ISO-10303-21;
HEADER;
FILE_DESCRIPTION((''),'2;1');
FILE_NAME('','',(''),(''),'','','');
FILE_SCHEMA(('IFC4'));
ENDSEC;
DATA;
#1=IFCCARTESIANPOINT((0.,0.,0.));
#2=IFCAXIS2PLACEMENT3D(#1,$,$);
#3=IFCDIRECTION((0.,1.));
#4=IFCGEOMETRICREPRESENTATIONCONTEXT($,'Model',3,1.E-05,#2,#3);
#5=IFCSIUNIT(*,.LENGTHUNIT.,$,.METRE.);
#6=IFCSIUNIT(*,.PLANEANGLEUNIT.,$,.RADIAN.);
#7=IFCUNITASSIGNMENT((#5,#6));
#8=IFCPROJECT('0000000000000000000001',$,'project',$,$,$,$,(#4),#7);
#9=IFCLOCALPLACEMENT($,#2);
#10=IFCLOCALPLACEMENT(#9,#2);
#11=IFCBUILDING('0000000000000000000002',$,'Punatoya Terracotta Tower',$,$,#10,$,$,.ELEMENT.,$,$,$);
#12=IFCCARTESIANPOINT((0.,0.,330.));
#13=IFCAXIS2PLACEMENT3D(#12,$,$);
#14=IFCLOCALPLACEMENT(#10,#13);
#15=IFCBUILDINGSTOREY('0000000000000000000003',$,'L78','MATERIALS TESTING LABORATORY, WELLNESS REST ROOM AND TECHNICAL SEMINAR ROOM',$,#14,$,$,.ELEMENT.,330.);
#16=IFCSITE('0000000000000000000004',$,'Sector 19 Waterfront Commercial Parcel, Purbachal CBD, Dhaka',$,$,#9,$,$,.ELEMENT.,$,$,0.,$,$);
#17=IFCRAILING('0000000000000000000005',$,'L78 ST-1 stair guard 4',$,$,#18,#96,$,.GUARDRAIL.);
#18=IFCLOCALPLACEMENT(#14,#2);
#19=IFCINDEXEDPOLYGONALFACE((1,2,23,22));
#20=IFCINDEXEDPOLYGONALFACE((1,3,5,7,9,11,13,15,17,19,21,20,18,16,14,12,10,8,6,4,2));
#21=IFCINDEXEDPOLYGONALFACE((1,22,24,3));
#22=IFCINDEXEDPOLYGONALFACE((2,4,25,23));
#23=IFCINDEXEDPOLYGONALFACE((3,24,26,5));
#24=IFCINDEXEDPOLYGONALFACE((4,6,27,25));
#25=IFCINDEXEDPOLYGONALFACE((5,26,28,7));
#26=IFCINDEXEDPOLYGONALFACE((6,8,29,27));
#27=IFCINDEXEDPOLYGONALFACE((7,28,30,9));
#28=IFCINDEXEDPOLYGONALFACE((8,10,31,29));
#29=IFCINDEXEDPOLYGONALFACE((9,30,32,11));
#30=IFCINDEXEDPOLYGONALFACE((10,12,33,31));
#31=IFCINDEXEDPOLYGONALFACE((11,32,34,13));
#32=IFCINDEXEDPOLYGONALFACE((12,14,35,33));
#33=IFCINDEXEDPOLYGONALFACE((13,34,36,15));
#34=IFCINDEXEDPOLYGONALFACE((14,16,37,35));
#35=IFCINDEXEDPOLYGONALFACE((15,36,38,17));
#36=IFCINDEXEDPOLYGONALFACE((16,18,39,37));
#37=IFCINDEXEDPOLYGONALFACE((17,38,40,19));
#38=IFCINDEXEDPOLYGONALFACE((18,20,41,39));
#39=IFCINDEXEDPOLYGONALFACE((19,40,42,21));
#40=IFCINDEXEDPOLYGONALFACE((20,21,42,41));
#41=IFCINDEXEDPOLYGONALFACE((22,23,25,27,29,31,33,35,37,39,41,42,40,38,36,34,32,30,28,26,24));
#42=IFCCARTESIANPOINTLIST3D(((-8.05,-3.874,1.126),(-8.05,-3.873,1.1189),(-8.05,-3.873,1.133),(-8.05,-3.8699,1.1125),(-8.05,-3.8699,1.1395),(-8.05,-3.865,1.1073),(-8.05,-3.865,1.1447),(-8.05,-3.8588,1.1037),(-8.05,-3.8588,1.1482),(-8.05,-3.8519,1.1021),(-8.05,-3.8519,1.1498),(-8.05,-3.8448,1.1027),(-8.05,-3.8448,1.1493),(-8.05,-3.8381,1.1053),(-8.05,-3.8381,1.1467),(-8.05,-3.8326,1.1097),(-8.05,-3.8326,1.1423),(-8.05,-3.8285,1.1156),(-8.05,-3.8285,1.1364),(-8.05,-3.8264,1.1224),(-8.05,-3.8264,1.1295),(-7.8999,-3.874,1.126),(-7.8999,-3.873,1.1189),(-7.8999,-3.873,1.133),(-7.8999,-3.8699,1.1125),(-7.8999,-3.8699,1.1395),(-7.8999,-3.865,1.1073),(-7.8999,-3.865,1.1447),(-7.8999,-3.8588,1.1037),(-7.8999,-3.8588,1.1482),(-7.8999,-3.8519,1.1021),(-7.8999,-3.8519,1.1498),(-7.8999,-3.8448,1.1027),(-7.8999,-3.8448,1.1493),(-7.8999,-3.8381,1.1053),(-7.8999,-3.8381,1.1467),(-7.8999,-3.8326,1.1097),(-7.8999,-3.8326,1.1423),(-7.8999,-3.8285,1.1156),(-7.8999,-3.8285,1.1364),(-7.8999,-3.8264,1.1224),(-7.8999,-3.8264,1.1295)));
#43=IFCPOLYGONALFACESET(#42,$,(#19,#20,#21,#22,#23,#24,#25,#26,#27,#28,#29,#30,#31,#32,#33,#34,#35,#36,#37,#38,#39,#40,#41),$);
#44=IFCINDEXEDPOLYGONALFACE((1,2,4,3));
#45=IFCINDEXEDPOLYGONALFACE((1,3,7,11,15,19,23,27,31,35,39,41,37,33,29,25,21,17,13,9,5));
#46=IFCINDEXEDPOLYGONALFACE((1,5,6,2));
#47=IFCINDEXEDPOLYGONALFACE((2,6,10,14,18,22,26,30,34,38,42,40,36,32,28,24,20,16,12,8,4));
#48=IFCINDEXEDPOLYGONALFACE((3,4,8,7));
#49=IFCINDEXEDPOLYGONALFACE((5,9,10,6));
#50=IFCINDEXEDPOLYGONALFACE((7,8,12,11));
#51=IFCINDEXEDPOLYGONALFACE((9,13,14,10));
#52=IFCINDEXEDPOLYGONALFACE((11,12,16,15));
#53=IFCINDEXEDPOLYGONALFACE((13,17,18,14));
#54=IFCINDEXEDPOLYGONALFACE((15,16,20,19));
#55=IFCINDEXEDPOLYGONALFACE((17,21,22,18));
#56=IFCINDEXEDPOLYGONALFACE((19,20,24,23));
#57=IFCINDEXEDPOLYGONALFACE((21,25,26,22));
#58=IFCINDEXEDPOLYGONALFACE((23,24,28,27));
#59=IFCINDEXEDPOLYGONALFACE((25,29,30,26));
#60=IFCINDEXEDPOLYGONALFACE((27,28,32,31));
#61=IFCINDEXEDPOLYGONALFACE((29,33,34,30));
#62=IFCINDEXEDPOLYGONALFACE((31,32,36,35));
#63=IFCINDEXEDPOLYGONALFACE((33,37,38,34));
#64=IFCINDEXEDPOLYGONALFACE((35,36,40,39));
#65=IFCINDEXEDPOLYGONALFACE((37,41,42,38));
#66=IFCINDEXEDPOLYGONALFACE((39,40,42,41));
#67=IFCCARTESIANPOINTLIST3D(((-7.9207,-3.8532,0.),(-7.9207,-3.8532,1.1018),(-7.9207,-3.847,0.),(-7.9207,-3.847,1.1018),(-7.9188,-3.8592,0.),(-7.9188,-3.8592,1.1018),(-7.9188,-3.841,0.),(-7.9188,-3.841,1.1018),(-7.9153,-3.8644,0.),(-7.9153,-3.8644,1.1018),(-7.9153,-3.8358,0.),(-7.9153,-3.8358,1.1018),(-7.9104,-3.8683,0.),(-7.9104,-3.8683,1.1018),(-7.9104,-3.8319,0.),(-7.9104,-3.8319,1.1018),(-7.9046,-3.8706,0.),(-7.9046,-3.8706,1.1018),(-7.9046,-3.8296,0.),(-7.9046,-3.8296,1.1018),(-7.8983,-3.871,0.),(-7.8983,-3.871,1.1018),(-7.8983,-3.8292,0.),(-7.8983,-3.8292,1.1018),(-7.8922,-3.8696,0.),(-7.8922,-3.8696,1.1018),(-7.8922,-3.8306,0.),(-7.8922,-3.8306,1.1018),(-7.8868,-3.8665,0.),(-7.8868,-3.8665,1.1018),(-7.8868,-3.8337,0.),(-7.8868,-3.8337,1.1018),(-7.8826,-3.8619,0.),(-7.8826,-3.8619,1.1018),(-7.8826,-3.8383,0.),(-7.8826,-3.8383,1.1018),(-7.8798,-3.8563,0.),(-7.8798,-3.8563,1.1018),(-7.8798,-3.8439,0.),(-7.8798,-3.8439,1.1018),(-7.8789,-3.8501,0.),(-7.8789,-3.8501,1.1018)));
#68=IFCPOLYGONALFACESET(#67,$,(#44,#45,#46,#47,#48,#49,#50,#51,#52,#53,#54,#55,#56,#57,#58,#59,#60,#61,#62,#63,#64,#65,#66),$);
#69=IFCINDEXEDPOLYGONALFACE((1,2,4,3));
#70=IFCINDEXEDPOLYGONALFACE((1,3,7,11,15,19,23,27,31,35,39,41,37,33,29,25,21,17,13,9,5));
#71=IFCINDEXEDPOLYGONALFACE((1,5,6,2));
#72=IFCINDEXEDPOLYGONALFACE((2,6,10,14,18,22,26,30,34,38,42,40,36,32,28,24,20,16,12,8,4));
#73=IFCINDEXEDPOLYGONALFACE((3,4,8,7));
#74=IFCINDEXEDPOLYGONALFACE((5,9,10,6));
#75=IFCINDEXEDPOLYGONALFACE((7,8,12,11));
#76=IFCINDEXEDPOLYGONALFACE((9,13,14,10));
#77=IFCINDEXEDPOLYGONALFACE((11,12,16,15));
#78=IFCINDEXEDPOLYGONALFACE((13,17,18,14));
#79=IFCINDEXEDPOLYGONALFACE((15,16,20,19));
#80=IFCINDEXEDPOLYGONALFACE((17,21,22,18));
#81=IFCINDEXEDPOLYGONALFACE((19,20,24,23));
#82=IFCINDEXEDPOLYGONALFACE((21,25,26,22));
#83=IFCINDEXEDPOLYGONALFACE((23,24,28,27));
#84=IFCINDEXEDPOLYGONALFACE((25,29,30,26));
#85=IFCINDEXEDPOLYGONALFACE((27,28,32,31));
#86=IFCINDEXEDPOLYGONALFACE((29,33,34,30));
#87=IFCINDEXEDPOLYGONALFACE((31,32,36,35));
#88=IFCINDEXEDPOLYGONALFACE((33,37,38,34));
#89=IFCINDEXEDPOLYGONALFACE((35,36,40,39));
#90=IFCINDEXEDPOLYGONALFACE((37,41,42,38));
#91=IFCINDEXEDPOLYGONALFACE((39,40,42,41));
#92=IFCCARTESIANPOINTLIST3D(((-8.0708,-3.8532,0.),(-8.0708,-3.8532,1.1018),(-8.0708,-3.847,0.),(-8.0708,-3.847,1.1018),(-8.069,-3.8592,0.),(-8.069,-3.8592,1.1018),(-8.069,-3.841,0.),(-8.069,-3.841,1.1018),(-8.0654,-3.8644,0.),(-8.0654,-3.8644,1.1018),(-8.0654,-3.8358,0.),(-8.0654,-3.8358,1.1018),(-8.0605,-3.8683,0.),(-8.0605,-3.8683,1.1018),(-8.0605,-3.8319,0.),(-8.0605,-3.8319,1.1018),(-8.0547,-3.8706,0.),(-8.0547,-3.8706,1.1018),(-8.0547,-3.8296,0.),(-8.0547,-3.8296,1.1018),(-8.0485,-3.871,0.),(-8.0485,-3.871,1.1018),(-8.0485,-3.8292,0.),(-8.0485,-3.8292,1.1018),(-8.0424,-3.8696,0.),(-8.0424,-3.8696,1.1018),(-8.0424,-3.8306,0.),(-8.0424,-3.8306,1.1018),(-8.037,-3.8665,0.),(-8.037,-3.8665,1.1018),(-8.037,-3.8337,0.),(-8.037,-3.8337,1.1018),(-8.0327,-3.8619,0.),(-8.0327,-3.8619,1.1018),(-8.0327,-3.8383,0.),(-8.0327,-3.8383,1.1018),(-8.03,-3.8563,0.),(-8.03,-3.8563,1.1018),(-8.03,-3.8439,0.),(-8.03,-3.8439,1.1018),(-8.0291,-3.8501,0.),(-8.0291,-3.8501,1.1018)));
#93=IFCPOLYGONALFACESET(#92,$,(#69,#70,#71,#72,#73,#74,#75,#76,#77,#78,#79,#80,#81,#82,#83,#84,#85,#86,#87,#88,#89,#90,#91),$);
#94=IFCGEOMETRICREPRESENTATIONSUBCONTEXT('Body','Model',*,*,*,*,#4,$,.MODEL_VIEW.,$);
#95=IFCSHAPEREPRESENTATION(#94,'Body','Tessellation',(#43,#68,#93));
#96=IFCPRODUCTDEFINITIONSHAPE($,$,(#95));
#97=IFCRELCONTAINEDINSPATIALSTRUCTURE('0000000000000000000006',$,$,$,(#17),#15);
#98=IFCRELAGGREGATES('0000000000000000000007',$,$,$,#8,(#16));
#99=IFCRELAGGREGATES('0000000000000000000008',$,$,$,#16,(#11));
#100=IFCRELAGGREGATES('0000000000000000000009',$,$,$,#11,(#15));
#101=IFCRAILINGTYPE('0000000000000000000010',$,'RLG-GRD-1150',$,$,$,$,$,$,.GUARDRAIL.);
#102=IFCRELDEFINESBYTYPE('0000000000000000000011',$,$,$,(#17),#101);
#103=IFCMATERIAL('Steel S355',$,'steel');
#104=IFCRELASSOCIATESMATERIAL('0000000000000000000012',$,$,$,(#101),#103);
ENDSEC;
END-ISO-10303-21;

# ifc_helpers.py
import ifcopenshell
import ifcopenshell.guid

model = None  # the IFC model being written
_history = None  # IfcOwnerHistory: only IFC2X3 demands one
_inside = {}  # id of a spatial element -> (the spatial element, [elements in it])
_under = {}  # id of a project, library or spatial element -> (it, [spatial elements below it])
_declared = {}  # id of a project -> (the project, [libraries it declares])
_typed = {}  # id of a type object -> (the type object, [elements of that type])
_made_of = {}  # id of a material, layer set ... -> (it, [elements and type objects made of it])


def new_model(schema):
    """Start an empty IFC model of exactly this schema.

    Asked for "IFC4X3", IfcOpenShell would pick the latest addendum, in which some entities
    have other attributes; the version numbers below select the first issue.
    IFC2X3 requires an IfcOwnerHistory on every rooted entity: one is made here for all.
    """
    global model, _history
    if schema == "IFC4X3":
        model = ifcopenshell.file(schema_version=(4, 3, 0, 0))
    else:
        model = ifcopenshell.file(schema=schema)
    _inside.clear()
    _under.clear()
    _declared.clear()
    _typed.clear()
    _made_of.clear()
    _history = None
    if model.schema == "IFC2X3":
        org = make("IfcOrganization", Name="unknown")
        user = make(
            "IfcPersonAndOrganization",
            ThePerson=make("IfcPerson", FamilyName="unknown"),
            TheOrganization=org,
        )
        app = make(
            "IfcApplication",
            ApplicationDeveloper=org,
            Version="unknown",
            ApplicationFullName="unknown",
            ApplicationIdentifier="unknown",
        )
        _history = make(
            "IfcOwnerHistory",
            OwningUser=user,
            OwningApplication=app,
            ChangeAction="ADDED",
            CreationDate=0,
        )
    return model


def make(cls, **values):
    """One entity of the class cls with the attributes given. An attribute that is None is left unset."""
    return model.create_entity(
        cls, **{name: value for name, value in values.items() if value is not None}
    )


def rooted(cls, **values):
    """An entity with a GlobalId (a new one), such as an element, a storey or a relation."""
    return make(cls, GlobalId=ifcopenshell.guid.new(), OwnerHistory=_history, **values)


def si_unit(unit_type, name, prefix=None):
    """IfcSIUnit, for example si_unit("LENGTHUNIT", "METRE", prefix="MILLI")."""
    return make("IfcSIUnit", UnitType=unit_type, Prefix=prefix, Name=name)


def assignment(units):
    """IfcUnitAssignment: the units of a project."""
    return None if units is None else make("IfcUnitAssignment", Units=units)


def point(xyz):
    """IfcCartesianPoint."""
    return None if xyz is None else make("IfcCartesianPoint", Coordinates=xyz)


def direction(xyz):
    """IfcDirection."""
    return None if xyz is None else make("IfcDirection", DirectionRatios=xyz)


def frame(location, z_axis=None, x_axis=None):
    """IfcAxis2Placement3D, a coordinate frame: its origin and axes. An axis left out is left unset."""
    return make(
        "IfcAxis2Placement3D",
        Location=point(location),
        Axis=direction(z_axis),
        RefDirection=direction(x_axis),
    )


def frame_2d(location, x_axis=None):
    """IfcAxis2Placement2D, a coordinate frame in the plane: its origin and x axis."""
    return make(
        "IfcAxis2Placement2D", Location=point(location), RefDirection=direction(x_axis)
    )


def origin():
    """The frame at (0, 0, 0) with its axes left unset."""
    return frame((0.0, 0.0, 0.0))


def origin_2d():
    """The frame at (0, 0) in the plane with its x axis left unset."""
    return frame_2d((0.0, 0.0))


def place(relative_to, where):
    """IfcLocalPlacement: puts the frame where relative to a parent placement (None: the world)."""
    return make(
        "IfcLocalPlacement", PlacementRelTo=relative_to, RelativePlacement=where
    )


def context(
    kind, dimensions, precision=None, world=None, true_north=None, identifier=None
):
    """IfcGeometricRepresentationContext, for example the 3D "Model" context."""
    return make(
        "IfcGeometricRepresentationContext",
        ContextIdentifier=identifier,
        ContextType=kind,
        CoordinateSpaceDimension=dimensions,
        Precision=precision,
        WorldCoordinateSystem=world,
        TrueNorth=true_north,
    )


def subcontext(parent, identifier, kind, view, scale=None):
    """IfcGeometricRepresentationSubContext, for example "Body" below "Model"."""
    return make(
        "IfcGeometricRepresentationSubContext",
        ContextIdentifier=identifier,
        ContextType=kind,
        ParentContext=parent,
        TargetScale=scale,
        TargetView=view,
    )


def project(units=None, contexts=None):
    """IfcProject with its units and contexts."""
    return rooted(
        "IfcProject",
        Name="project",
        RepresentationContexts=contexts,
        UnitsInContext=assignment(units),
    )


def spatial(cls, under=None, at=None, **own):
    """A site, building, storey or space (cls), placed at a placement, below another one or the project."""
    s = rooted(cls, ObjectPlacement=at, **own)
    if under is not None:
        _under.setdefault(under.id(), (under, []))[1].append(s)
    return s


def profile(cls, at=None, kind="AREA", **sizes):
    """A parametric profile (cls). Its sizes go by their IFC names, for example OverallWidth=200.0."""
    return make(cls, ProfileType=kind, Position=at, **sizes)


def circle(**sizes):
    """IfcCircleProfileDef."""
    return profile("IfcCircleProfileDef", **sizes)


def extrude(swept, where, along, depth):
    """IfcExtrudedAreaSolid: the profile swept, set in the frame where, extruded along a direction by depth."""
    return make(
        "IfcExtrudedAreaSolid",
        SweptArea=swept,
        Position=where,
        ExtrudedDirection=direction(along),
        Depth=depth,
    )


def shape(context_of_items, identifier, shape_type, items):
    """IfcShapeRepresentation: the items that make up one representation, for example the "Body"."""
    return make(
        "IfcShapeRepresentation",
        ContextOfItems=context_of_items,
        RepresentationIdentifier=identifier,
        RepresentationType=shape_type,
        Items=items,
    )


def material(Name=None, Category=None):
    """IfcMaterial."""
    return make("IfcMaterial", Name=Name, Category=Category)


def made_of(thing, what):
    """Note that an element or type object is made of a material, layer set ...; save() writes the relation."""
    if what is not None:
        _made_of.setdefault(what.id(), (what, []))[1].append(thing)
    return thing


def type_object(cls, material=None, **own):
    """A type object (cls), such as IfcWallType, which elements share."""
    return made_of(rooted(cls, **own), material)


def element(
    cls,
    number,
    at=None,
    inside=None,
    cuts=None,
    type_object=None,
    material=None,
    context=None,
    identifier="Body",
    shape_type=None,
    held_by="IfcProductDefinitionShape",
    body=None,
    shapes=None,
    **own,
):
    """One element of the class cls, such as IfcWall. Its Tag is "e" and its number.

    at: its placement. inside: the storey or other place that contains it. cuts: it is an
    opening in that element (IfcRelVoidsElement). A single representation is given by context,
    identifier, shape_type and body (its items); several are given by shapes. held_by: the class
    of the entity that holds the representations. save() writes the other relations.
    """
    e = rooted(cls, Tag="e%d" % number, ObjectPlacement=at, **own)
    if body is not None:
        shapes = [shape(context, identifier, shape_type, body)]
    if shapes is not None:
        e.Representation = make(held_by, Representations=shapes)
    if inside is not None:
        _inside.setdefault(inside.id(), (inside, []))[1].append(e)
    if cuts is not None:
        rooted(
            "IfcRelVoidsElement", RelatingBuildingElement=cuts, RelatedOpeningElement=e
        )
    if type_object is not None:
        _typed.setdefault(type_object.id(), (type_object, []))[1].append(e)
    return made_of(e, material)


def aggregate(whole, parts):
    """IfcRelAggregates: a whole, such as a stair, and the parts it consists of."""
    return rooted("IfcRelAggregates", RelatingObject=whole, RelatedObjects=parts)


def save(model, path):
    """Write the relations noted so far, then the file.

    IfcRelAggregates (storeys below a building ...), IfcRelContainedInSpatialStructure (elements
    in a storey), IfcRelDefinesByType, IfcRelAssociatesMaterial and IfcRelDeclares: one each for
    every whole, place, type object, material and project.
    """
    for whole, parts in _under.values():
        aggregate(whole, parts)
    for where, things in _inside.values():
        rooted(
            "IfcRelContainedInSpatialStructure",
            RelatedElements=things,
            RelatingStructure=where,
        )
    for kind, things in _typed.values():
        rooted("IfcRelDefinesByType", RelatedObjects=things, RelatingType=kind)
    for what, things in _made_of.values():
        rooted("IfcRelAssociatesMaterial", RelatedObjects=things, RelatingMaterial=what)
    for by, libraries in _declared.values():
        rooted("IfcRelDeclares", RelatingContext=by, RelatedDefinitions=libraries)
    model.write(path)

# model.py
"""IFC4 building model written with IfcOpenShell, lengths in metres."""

from ifc_helpers import new_model, si_unit, direction, frame, origin, origin_2d, place, context, subcontext, project, spatial, circle, extrude, material, type_object, element, save


model = new_model("IFC4")

# Units and contexts
model_context = context("Model", 3, precision=1e-05, world=origin(), true_north=direction((0.0, 1.0)))
body_context = subcontext(model_context, "Body", "Model", "MODEL_VIEW")
ifc_project = project(units=[si_unit("LENGTHUNIT", "METRE"), si_unit("PLANEANGLEUNIT", "RADIAN")], contexts=[model_context])

# Site, building, storey
site_placement = place(None, origin())
site = spatial("IfcSite", under=ifc_project, at=site_placement, Name="Sector 19 Waterfront Commercial Parcel, Purbachal CBD, Dhaka", CompositionType="ELEMENT", RefElevation=0.0)
building_placement = place(site_placement, origin())
building = spatial("IfcBuilding", under=site, at=building_placement, Name="Punatoya Terracotta Tower", CompositionType="ELEMENT")
storey_placement = place(building_placement, frame((0.0, 0.0, 330.0)))
storey = spatial("IfcBuildingStorey", under=building, at=storey_placement, Name="L78", Description="MATERIALS TESTING LABORATORY, WELLNESS REST ROOM AND TECHNICAL SEMINAR ROOM", CompositionType="ELEMENT", Elevation=330.0)

# Shared definitions
ifc_material_1 = material(Name="Steel S355", Category="steel")

# Railing
railing_type_1 = type_object("IfcRailingType", Name="RLG-GRD-1150", PredefinedType="GUARDRAIL", material=ifc_material_1)
railing_1_placement = place(storey_placement, frame((-7.8999, -3.8501, 0.0)))
element("IfcRailing", 1, at=railing_1_placement, inside=storey, type_object=railing_type_1, Name="L78 ST-1 stair guard 4", PredefinedType="GUARDRAIL", context=body_context, shape_type="SweptSolid", body=[
    extrude(circle(Radius=0.0239, at=origin_2d()), frame((0.0, 0.0, 1.126), z_axis=(-1.0, 0.0, 0.0), x_axis=(0.0, -1.0, 0.0)), (0.0, 0.0, 1.0), 0.1501),
    extrude(circle(Radius=0.021, at=origin_2d()), origin(), (0.0, 0.0, 1.0), 1.1018),
    extrude(circle(Radius=0.021, at=origin_2d()), frame((-0.1501, 0.0, 0.0)), (0.0, 0.0, 1.0), 1.1018),
])

save(model, "model.ifc")
